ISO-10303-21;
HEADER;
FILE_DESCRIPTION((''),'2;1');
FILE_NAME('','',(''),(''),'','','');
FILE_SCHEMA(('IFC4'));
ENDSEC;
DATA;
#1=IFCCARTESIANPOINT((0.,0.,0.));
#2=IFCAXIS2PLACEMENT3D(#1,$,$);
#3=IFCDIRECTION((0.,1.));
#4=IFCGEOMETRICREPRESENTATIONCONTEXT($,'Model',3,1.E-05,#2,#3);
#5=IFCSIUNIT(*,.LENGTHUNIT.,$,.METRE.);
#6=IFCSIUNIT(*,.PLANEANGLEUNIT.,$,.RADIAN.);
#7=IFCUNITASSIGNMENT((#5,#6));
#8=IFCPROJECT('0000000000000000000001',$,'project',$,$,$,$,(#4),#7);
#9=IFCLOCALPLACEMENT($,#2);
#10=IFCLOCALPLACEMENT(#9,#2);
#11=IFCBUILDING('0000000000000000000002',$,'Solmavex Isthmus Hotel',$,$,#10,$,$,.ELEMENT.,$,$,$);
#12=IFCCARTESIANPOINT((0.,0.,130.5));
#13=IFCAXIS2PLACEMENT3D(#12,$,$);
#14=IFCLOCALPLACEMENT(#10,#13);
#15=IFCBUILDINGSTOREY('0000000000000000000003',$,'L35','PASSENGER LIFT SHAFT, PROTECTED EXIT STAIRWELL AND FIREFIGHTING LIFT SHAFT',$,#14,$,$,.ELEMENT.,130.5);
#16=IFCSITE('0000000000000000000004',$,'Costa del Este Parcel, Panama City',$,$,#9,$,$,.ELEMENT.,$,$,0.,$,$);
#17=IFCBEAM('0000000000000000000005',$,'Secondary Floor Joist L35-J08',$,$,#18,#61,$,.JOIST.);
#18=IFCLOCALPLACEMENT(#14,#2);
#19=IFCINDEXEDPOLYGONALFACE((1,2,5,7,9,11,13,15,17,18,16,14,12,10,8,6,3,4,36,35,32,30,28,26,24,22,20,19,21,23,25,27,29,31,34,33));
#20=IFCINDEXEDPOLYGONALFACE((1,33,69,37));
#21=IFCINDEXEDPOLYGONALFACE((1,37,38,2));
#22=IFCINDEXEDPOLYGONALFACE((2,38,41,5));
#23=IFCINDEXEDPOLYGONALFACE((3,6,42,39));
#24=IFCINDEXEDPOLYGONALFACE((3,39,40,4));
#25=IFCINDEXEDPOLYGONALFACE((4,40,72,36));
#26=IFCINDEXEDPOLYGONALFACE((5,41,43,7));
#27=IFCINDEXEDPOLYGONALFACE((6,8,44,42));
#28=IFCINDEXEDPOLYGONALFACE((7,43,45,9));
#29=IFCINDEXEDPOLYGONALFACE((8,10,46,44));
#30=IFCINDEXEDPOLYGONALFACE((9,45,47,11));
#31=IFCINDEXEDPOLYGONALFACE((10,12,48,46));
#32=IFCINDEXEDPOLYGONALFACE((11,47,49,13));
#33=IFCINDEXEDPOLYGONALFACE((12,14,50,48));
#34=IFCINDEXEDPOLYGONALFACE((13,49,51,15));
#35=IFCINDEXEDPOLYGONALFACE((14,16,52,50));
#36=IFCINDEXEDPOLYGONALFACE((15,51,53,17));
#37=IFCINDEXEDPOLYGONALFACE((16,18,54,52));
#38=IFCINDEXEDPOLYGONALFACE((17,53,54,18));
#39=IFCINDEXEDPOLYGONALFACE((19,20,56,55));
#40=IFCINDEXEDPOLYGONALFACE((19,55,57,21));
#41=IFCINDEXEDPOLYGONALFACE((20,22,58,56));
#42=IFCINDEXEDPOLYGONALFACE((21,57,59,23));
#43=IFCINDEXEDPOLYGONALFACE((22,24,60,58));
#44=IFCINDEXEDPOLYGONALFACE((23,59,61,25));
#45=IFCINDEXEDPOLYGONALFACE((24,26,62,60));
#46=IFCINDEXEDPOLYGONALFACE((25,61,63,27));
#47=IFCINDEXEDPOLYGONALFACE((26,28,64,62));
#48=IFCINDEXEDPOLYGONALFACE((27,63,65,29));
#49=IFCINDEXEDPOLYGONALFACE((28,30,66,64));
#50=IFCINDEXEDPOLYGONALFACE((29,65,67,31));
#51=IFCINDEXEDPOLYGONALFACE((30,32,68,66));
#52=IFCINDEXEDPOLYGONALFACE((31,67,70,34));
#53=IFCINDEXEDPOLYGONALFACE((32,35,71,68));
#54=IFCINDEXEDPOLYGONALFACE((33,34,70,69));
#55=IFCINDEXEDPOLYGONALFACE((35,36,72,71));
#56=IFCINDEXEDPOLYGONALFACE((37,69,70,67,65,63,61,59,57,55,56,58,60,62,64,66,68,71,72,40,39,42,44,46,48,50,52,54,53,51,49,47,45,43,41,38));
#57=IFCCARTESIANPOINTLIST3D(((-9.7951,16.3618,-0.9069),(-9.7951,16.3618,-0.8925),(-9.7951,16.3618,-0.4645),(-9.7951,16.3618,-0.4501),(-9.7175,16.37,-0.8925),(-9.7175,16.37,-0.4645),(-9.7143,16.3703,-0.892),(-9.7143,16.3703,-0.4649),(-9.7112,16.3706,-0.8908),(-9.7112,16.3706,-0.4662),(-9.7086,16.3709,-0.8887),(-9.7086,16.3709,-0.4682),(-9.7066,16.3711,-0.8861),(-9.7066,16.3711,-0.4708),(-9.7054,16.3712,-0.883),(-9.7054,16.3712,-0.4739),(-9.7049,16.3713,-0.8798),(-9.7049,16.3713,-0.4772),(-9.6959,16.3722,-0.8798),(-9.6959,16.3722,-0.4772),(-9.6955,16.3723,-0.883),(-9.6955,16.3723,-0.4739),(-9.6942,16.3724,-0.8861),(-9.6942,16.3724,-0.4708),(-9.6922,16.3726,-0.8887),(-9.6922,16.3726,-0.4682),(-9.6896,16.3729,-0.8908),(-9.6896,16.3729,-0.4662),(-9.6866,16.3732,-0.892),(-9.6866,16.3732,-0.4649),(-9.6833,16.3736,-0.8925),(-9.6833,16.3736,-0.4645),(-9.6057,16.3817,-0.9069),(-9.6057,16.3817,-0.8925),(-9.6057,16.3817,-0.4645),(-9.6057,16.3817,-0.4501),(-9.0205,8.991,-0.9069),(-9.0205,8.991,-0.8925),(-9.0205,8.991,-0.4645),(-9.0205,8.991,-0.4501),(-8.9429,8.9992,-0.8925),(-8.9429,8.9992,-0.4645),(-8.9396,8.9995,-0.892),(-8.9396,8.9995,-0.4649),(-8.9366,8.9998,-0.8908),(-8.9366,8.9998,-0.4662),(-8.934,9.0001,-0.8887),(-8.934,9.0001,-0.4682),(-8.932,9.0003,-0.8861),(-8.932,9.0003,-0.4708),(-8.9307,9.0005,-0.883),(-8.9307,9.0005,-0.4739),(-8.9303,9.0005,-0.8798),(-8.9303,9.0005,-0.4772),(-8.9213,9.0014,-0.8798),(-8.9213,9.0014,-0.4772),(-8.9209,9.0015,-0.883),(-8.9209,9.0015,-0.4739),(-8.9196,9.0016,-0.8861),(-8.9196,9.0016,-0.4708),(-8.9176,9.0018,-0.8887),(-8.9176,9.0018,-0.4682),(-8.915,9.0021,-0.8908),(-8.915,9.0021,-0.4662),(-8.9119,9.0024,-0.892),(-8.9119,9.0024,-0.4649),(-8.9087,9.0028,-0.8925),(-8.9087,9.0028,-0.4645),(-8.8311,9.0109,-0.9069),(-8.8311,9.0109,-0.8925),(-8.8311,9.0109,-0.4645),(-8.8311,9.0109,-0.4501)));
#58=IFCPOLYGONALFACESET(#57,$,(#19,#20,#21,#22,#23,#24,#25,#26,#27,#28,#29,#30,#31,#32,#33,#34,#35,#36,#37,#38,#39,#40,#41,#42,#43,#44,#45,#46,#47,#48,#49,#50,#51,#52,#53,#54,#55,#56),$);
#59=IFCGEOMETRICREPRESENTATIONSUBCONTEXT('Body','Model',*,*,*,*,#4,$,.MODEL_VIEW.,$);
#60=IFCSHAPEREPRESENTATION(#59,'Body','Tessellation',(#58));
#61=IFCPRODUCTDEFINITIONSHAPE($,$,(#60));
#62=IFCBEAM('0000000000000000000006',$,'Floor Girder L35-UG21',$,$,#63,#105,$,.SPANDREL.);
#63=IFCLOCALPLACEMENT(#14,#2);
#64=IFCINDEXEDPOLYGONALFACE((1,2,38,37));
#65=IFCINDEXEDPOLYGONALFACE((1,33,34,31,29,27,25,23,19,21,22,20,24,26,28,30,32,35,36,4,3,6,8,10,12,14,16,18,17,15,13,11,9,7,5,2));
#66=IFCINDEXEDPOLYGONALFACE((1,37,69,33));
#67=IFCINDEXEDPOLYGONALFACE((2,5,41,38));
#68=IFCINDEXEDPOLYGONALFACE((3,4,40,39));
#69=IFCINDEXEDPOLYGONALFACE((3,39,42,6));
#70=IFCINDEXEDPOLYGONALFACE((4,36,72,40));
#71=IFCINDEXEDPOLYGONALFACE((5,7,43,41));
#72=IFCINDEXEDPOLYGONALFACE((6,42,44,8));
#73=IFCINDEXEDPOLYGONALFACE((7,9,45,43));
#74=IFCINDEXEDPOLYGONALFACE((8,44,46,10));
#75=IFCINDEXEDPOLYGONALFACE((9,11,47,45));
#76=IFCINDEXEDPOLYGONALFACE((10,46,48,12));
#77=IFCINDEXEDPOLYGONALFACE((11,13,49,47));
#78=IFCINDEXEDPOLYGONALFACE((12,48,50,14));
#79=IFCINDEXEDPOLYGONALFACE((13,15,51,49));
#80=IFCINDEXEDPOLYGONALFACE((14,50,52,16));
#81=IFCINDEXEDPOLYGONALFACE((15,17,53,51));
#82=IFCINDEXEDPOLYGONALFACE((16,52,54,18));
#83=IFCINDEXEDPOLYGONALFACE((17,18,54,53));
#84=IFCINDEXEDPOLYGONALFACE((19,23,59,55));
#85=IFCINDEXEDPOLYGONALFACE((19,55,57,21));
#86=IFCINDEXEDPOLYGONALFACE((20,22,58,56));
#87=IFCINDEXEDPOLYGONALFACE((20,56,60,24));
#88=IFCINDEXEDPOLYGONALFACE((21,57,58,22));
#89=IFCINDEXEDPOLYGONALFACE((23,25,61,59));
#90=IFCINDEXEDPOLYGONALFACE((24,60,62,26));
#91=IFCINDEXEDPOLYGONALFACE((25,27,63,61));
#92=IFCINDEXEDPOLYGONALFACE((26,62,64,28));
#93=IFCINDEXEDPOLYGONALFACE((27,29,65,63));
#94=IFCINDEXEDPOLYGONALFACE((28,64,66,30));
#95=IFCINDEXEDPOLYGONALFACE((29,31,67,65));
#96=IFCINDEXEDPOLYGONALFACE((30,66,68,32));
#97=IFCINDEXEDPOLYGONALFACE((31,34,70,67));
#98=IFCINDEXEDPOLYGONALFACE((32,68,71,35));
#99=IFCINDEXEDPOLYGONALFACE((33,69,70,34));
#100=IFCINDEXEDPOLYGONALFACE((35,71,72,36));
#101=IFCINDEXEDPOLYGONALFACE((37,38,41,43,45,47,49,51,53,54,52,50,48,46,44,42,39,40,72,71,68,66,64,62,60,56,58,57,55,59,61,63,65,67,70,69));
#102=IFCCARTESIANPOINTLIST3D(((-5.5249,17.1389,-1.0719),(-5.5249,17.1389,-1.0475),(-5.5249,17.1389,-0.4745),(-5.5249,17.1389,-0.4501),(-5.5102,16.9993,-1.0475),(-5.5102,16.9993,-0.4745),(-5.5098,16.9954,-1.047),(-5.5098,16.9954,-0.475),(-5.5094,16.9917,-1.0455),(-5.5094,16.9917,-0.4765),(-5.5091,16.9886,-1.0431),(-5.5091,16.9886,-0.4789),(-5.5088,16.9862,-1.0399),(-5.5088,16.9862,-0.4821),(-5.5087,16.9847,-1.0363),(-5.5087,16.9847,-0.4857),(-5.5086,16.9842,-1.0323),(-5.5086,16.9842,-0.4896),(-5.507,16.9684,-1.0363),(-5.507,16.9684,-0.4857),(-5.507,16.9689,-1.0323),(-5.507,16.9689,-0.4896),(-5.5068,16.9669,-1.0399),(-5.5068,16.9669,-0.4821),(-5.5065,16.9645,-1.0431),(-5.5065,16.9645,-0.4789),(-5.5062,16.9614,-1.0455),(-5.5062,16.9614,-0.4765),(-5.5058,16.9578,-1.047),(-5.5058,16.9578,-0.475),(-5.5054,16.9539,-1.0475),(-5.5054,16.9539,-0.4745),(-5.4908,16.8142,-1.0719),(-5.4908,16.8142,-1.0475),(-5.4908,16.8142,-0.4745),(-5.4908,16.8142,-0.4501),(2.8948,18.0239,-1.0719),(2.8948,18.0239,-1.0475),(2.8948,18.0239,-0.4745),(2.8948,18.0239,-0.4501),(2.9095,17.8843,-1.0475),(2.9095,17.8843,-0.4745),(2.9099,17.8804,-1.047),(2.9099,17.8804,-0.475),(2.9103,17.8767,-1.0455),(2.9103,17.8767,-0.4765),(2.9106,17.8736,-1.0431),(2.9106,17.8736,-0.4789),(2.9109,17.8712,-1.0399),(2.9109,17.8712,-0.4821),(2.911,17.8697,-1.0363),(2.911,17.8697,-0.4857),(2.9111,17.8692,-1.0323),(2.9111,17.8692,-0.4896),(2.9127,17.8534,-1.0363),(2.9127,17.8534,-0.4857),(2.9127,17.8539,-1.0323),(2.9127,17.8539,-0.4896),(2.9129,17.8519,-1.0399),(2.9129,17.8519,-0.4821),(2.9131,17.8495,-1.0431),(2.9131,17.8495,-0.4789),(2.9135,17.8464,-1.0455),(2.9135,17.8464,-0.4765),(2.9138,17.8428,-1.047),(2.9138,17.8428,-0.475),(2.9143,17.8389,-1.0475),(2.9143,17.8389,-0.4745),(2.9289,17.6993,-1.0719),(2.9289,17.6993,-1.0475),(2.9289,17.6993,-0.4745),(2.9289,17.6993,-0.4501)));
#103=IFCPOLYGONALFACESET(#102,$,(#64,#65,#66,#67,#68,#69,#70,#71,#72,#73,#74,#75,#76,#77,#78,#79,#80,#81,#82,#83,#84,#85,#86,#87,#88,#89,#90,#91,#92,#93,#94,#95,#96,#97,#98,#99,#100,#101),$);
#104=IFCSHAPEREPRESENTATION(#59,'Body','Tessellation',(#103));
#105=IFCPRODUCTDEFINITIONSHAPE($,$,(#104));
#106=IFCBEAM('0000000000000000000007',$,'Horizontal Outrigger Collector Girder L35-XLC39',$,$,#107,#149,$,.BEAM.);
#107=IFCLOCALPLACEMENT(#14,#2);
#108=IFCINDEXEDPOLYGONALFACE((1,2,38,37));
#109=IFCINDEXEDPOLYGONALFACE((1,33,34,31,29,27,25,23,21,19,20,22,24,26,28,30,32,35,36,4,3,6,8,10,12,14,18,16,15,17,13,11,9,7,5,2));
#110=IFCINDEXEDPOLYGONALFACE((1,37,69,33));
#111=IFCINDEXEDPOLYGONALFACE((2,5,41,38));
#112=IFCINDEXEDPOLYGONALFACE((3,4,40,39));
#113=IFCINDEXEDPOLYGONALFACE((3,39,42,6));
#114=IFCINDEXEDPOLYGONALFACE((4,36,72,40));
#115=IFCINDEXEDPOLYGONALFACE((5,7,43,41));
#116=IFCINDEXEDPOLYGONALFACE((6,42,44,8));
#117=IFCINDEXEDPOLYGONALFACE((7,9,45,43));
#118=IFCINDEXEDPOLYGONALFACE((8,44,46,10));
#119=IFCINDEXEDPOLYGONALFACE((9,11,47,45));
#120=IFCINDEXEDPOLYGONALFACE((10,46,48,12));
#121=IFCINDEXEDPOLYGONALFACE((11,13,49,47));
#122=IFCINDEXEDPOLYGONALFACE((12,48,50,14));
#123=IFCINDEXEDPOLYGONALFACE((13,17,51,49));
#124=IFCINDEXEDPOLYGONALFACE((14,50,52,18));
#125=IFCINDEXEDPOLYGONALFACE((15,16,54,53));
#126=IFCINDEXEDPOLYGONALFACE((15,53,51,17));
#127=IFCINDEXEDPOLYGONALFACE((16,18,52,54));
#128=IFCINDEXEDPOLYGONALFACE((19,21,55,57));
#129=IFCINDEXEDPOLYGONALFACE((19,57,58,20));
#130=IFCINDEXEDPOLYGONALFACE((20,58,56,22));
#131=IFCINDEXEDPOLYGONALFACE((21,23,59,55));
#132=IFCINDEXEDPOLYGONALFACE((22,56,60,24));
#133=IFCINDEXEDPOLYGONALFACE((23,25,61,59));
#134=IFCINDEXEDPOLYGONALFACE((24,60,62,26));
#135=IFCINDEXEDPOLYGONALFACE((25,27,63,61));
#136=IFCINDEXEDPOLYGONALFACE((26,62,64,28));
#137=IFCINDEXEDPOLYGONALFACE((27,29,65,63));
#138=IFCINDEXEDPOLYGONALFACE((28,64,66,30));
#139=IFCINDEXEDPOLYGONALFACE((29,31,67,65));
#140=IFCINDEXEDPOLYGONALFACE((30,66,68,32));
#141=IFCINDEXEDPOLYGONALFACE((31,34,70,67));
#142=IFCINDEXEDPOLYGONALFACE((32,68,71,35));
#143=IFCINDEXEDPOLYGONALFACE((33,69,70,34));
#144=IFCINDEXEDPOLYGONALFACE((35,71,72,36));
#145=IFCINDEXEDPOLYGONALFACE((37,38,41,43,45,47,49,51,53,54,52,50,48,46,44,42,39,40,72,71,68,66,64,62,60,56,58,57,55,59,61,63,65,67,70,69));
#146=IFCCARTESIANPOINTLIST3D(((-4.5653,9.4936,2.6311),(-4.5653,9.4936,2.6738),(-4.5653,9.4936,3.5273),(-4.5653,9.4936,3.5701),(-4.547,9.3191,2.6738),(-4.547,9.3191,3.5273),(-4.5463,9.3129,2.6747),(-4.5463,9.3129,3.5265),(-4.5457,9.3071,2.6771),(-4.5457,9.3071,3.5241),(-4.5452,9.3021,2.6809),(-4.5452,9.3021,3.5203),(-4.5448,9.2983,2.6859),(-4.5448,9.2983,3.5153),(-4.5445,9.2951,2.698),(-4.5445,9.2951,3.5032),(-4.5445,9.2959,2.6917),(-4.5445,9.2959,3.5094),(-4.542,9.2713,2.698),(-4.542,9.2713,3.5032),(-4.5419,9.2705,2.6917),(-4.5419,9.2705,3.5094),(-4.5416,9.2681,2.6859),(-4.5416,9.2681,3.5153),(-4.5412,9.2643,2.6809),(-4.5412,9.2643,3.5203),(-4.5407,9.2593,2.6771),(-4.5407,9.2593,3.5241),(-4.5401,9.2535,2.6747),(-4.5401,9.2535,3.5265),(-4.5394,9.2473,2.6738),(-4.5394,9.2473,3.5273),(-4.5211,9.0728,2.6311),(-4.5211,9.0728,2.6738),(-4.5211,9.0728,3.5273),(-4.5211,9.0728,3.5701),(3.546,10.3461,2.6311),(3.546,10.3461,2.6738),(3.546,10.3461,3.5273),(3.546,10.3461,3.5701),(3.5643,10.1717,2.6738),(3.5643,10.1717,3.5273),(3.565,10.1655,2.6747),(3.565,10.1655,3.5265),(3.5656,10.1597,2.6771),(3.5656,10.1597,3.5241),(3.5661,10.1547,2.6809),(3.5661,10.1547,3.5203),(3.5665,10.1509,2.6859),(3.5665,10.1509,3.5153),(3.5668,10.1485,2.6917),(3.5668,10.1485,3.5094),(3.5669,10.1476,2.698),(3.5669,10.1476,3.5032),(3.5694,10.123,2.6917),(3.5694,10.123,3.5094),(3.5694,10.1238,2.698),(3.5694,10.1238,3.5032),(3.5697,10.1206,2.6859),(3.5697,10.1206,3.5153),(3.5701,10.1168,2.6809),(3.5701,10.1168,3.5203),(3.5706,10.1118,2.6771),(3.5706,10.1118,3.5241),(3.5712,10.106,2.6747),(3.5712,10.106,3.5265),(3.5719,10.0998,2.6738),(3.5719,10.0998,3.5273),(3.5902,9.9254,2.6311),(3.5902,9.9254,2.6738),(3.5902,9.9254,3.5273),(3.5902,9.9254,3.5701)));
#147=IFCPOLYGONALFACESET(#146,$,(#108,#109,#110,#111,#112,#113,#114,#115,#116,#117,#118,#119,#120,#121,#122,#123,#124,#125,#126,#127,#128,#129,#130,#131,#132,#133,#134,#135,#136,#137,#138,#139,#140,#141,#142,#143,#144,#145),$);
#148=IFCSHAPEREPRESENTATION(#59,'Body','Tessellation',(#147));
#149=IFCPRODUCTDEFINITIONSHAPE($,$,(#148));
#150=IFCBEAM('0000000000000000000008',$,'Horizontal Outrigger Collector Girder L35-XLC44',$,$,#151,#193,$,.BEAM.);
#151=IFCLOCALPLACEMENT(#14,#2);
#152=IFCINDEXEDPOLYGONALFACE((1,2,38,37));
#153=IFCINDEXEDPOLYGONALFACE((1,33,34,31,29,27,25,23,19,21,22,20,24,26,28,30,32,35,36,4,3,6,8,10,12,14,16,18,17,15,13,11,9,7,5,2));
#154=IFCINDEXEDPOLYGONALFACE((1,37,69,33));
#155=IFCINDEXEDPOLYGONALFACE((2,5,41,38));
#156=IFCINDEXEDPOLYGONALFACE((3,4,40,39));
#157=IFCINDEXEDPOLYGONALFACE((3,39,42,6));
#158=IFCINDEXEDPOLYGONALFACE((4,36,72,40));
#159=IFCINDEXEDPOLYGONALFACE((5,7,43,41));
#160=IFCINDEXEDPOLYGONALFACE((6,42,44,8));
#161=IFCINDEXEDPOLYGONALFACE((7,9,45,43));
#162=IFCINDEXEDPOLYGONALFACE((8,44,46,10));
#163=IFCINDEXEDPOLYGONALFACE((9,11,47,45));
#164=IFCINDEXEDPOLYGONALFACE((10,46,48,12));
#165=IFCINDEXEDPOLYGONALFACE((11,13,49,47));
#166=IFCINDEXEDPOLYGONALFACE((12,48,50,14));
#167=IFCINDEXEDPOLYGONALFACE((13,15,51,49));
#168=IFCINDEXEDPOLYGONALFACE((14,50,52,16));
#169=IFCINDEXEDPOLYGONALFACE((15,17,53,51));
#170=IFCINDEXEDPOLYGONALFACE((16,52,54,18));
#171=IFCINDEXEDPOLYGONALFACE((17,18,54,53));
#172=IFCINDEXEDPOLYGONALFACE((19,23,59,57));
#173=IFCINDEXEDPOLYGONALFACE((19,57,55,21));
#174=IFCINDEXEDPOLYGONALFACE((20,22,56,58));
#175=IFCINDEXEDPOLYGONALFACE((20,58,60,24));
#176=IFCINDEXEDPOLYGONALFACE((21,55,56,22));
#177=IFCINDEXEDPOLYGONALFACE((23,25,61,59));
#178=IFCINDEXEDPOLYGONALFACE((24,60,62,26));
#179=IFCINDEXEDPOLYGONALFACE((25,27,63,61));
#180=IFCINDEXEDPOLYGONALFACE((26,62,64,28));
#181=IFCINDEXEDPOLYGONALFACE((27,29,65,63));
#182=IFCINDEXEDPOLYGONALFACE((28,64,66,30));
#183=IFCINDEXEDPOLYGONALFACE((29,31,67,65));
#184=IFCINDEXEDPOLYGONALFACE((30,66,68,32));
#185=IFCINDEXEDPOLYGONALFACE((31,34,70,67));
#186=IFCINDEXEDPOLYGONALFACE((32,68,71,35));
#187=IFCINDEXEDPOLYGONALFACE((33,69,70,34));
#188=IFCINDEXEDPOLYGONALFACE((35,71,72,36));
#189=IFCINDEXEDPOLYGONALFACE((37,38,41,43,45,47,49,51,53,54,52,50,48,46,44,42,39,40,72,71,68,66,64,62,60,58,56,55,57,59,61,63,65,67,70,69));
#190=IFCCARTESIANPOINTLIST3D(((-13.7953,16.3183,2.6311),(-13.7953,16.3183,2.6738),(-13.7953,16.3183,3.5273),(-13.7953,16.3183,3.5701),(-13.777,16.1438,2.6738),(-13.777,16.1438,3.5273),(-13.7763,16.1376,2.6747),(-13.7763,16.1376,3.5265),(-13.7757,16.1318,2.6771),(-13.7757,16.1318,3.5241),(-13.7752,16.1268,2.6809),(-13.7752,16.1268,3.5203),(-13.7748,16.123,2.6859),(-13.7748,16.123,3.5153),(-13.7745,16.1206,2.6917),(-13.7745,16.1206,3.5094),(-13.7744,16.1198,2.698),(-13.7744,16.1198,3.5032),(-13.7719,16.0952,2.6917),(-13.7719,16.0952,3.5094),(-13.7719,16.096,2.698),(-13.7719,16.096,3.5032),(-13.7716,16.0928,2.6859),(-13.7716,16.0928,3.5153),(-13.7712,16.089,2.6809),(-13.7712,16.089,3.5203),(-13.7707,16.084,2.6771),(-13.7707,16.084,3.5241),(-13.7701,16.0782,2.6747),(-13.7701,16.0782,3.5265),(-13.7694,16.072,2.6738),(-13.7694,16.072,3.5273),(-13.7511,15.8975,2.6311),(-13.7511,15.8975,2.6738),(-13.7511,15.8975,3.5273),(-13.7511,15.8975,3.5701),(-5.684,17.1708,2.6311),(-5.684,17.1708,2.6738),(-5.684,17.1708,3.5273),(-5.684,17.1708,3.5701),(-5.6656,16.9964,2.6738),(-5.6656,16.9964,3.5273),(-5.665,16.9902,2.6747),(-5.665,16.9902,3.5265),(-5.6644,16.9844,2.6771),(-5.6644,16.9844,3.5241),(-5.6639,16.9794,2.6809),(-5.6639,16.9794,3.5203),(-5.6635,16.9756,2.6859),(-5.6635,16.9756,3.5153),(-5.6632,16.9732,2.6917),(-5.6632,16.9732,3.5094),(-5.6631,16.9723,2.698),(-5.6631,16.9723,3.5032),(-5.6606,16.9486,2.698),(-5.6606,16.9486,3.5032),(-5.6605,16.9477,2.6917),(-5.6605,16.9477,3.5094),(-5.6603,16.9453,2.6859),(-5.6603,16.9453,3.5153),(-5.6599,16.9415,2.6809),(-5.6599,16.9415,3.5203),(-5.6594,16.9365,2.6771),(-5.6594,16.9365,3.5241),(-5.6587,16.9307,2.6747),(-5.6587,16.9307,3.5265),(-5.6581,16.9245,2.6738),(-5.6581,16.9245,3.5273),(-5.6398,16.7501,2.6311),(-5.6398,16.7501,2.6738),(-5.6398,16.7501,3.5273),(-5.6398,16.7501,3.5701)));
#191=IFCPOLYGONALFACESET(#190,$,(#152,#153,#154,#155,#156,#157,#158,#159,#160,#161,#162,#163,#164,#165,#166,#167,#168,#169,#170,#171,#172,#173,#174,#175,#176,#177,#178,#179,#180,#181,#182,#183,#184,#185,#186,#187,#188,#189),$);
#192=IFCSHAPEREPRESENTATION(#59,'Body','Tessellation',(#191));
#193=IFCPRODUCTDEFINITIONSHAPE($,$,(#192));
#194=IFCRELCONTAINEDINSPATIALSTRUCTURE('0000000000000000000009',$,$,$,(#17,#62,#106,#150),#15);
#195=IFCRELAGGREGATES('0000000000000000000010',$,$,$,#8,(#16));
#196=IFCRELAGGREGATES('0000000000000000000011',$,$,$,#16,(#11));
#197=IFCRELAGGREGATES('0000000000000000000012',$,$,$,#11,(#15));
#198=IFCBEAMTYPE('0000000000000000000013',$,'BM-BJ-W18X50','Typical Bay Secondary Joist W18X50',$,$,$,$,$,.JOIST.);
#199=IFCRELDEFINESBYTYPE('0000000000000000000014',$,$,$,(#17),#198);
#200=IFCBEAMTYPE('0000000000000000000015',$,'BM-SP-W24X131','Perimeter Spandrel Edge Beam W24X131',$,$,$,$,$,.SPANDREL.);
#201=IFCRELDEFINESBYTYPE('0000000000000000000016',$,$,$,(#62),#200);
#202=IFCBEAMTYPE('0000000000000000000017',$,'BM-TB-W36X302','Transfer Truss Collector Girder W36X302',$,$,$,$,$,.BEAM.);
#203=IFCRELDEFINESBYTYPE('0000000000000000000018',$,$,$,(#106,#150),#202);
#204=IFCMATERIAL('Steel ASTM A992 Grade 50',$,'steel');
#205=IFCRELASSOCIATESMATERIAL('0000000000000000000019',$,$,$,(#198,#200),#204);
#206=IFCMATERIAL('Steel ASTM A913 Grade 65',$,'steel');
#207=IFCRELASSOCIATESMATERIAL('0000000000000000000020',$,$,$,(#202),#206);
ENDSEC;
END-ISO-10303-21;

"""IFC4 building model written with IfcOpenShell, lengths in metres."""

from ifc_helpers import new_model, si_unit, direction, frame, origin, origin_2d, place, context, subcontext, project, spatial, i_section, extrude, material, material_profile, profile_set, type_object, element, save


model = new_model("IFC4")

# Units and contexts
model_context = context("Model", 3, precision=1e-05, world=origin(), true_north=direction((0.0, 1.0)))
body_context = subcontext(model_context, "Body", "Model", "MODEL_VIEW")
ifc_project = project(units=[si_unit("LENGTHUNIT", "METRE"), si_unit("PLANEANGLEUNIT", "RADIAN")], contexts=[model_context])

# Site, building, storey
site_placement = place(None, origin())
site = spatial("IfcSite", under=ifc_project, at=site_placement, Name="Costa del Este Parcel, Panama City", CompositionType="ELEMENT", RefElevation=0.0)
building_placement = place(site_placement, origin())
building = spatial("IfcBuilding", under=site, at=building_placement, Name="Solmavex Isthmus Hotel", CompositionType="ELEMENT")
storey_placement = place(building_placement, frame((0.0, 0.0, 130.5)))
storey = spatial("IfcBuildingStorey", under=building, at=storey_placement, Name="L35", Description="PASSENGER LIFT SHAFT, PROTECTED EXIT STAIRWELL AND FIREFIGHTING LIFT SHAFT", CompositionType="ELEMENT", Elevation=130.5)

# Shared definitions
ifc_material_1 = material(Name="Steel ASTM A913 Grade 65", Category="steel")

# Beams
ifc_material_2 = material(Name="Steel ASTM A992 Grade 50", Category="steel")
ifc_material_profile_1 = material_profile(ifc_material_2, i_section(OverallWidth=0.1904, OverallDepth=0.4568, WebThickness=0.009, FlangeThickness=0.0144, FilletRadius=0.0127, at=origin_2d()), Name="W18X50")
ifc_profile_set_1 = profile_set([ifc_material_profile_1], Name="Steel ASTM A992 Grade 50")
beam_type_1 = type_object("IfcBeamType", Name="BM-BJ-W18X50", Description="Typical Bay Secondary Joist W18X50", PredefinedType="JOIST", material=ifc_profile_set_1)
beam_1_placement = place(storey_placement, frame((-8.9258, 9.001, -0.6785), z_axis=(-0.104522, 0.994523, 0.0), x_axis=(-0.994523, -0.104522, 0.0)))
element("IfcBeam", 1, at=beam_1_placement, inside=storey, type_object=beam_type_1, Name="Secondary Floor Joist L35-J08", PredefinedType="JOIST", context=body_context, shape_type="SweptSolid", body=[
    extrude(i_section(OverallWidth=0.1904, OverallDepth=0.4568, WebThickness=0.009, FlangeThickness=0.0144, FilletRadius=0.0127, at=origin_2d()), origin(), (0.0, 0.0, 1.0), 7.4114),
])
ifc_material_profile_2 = material_profile(ifc_material_2, i_section(OverallWidth=0.3264, OverallDepth=0.6218, WebThickness=0.0154, FlangeThickness=0.0244, FilletRadius=0.0151, at=origin_2d()), Name="W24X131")
ifc_profile_set_2 = profile_set([ifc_material_profile_2], Name="Steel ASTM A992 Grade 50")
beam_type_2 = type_object("IfcBeamType", Name="BM-SP-W24X131", Description="Perimeter Spandrel Edge Beam W24X131", PredefinedType="SPANDREL", material=ifc_profile_set_2)
beam_2_placement = place(storey_placement, frame((-5.5078, 16.9766, -0.761), z_axis=(0.994521, 0.104536, 0.0), x_axis=(-0.104536, 0.994521, 0.0)))
element("IfcBeam", 2, at=beam_2_placement, inside=storey, type_object=beam_type_2, Name="Floor Girder L35-UG21", PredefinedType="SPANDREL", context=body_context, shape_type="SweptSolid", body=[
    extrude(i_section(OverallWidth=0.3264, OverallDepth=0.6218, WebThickness=0.0154, FlangeThickness=0.0244, FilletRadius=0.0151, at=origin_2d()), origin(), (0.0, 0.0, 1.0), 8.4661),
])
ifc_material_profile_3 = material_profile(ifc_material_1, i_section(OverallWidth=0.4231, OverallDepth=0.939, WebThickness=0.0239, FlangeThickness=0.0427, FilletRadius=0.0242, at=origin_2d()), Name="W36X302")
ifc_profile_set_3 = profile_set([ifc_material_profile_3], Name="Steel ASTM A913 Grade 65")
beam_type_3 = type_object("IfcBeamType", Name="BM-TB-W36X302", Description="Transfer Truss Collector Girder W36X302", PredefinedType="BEAM", material=ifc_profile_set_3)
for number, where, z_axis, x_axis, name in (
    (3, (-4.5432, 9.2832, 3.1006), (0.994522, 0.104529, 0.0), (-0.104529, 0.994522, 0.0), "Horizontal Outrigger Collector Girder L35-XLC39"),
    (4, (-13.7732, 16.1079, 3.1006), (0.994522, 0.104529, 0.0), (-0.104529, 0.994522, 0.0), "Horizontal Outrigger Collector Girder L35-XLC44"),
):
    element("IfcBeam", number, at=place(storey_placement, frame(where, z_axis=z_axis, x_axis=x_axis)), inside=storey, type_object=beam_type_3, Name=name, PredefinedType="BEAM", context=body_context, shape_type="SweptSolid", body=[
        extrude(i_section(OverallWidth=0.4231, OverallDepth=0.939, WebThickness=0.0239, FlangeThickness=0.0427, FilletRadius=0.0242, at=origin_2d()), origin(), (0.0, 0.0, 1.0), 8.156),
    ])

save(model, "model.ifc")
